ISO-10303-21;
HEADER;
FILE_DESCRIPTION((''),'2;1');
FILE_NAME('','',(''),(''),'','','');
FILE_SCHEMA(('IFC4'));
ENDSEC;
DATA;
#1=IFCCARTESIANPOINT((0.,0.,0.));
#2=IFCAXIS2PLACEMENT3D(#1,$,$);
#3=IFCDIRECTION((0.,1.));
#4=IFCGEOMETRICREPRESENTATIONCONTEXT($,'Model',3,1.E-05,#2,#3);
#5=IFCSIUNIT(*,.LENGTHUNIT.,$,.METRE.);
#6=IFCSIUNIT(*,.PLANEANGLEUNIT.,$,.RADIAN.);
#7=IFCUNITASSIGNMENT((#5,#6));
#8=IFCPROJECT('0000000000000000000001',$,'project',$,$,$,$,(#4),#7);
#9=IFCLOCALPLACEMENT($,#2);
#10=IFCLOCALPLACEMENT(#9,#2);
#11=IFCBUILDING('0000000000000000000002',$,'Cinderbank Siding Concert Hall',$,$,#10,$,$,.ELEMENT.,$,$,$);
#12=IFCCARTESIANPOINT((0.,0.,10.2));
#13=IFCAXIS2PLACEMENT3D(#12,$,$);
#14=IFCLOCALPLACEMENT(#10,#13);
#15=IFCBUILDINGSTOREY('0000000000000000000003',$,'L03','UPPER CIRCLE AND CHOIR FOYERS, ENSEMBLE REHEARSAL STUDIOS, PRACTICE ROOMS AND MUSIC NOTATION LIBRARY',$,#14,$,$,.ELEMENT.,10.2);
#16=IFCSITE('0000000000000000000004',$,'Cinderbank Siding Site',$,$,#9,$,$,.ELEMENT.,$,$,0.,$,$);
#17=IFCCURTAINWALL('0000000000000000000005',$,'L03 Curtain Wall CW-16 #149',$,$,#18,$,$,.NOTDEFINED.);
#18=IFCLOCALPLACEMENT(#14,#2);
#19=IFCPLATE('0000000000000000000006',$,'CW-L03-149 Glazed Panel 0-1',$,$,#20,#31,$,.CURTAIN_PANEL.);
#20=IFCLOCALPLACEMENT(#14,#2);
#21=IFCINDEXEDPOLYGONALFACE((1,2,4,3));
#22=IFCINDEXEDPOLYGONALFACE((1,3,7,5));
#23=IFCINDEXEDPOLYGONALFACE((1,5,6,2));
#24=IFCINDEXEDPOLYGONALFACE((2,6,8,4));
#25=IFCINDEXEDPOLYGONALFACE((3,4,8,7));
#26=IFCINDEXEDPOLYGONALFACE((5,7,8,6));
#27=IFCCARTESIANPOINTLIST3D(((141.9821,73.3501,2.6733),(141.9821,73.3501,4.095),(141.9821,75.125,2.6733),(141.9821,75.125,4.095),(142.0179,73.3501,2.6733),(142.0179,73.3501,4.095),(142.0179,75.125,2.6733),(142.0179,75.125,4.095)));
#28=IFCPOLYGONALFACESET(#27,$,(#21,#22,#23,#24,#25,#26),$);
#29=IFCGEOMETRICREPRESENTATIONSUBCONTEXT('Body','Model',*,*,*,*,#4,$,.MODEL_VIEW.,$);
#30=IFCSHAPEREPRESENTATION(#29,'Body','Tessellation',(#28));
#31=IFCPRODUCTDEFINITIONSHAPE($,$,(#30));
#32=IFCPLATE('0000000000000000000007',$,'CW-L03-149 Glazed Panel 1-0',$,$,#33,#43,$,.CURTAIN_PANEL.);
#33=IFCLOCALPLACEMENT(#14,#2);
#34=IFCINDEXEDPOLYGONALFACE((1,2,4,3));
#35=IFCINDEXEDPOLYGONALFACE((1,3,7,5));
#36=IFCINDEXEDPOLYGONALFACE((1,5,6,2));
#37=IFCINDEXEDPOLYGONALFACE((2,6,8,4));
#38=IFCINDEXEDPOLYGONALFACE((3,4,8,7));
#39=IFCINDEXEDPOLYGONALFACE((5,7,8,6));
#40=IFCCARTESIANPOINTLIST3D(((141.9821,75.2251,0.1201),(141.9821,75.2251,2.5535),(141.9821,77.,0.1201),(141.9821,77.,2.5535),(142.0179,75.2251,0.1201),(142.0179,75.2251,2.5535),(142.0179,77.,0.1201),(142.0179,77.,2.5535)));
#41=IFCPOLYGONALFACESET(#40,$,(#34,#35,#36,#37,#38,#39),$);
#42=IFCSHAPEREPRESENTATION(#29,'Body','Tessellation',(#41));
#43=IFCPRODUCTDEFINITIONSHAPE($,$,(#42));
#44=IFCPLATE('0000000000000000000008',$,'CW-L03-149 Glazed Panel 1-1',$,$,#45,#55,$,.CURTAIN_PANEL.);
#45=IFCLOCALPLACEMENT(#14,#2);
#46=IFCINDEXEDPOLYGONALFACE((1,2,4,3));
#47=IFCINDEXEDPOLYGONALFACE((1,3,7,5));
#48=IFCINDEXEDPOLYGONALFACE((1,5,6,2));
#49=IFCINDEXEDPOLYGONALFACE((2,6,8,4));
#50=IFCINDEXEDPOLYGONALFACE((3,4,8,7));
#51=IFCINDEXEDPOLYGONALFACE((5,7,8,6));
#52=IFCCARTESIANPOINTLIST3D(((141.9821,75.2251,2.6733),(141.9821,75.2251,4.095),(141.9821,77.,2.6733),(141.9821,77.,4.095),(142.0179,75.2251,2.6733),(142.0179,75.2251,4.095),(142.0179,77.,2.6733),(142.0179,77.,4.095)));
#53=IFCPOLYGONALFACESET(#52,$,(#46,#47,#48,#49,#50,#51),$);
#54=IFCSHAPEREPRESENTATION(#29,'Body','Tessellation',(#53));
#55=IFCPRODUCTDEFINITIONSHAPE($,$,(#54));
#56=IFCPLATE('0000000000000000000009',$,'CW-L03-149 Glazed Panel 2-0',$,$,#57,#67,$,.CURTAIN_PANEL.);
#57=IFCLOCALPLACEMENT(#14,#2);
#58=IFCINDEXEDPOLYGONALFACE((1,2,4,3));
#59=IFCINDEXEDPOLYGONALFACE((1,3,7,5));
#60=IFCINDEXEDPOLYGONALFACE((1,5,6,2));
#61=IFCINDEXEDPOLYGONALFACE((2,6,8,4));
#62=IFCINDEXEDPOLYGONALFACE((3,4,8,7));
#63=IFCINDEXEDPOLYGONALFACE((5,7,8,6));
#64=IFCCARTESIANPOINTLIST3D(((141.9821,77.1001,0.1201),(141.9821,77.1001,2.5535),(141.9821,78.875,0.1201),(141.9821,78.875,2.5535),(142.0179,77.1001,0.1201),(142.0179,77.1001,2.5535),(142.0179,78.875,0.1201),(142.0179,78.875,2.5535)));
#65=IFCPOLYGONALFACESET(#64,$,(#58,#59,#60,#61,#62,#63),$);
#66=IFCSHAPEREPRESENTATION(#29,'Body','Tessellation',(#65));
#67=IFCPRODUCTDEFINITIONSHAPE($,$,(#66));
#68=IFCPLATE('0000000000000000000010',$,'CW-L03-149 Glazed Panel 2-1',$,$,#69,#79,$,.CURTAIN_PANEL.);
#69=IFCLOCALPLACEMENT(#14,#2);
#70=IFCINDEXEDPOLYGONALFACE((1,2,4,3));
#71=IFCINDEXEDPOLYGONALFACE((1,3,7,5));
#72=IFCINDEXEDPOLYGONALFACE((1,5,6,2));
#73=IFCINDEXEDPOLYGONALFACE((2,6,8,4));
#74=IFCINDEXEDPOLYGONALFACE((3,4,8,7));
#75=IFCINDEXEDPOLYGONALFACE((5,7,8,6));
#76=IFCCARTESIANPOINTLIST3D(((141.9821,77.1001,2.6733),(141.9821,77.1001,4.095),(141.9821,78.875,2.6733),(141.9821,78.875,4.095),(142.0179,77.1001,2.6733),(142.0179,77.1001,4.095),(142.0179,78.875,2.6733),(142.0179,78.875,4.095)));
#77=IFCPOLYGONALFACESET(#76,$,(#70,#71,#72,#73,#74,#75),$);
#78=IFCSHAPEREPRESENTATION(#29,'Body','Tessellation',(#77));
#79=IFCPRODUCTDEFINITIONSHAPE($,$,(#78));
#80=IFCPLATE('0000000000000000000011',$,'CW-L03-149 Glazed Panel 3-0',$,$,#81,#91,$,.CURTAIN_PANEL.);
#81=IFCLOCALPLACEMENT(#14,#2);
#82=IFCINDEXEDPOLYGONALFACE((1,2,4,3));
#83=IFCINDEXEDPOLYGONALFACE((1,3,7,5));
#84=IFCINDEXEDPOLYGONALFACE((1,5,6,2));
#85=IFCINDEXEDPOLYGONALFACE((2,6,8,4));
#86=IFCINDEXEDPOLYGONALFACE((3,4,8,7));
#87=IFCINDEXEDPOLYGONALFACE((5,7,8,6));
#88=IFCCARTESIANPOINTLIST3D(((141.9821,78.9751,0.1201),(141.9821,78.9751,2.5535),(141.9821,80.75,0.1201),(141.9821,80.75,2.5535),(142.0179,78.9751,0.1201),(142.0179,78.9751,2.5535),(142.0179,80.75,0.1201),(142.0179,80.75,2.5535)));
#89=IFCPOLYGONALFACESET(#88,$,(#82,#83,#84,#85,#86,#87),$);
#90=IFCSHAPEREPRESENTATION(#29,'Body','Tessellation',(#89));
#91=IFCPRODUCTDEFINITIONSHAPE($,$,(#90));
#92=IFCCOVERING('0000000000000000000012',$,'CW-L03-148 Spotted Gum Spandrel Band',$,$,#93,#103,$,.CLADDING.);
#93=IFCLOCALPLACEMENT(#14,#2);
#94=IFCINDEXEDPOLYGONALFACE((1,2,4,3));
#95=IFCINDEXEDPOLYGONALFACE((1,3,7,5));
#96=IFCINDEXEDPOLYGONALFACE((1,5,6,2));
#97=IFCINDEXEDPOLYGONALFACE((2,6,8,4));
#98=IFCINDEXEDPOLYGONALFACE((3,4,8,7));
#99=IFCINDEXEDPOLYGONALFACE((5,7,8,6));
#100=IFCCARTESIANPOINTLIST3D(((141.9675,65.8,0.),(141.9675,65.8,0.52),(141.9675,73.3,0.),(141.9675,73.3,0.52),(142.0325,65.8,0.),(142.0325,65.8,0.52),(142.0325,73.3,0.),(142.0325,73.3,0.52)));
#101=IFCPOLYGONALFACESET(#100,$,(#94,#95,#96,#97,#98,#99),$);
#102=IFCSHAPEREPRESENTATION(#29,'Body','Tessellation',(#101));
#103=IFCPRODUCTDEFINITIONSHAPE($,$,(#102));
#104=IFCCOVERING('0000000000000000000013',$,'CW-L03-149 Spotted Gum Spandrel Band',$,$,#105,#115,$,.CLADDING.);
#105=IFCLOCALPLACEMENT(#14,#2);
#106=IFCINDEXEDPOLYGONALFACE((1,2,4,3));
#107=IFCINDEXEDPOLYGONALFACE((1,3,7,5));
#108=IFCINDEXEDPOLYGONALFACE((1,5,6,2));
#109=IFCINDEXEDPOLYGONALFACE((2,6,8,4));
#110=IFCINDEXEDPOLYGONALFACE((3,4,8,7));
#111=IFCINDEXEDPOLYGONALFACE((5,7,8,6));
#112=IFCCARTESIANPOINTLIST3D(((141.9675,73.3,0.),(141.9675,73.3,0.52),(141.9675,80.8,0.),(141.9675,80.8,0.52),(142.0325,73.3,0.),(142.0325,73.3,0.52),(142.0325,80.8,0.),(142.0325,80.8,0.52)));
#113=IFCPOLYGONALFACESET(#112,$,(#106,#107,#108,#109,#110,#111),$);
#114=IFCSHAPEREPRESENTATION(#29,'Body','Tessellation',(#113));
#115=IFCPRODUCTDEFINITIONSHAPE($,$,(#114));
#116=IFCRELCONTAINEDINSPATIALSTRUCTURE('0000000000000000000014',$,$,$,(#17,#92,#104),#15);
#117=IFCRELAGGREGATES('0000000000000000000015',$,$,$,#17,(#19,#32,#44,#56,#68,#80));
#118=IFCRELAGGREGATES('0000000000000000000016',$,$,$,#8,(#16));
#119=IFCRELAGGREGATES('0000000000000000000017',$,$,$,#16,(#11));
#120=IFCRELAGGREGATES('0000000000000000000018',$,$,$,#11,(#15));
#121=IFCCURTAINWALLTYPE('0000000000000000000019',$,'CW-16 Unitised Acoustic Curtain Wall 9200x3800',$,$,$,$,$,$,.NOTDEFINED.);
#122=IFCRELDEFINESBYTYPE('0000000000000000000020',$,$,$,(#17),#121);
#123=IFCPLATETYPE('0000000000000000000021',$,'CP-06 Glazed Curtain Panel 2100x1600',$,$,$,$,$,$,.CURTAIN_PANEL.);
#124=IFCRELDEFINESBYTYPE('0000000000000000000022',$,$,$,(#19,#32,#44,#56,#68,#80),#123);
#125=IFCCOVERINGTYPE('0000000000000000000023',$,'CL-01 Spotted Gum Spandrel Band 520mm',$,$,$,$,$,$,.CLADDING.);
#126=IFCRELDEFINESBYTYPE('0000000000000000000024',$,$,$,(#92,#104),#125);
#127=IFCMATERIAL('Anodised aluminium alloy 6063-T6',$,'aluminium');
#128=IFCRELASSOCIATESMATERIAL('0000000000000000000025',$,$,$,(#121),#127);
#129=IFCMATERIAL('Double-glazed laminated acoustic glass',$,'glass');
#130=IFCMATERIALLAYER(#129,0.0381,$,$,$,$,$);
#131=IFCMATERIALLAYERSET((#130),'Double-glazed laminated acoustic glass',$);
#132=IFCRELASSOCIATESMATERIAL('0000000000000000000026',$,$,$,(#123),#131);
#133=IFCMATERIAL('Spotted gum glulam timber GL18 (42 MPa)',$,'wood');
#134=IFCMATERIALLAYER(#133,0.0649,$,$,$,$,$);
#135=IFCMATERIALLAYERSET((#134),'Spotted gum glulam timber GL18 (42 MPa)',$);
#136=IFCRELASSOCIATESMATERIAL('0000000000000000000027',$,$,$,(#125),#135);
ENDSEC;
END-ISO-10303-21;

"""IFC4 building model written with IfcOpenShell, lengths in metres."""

from ifc_helpers import new_model, si_unit, direction, frame, origin, origin_2d, place, context, subcontext, project, spatial, rectangle, extrude, material, layer, layer_set, type_object, element, aggregate, save


model = new_model("IFC4")

# Units and contexts
model_context = context("Model", 3, precision=1e-05, world=origin(), true_north=direction((0.0, 1.0)))
body_context = subcontext(model_context, "Body", "Model", "MODEL_VIEW")
ifc_project = project(units=[si_unit("LENGTHUNIT", "METRE"), si_unit("PLANEANGLEUNIT", "RADIAN")], contexts=[model_context])

# Site, building, storey
site_placement = place(None, origin())
site = spatial("IfcSite", under=ifc_project, at=site_placement, Name="Cinderbank Siding Site", CompositionType="ELEMENT", RefElevation=0.0)
building_placement = place(site_placement, origin())
building = spatial("IfcBuilding", under=site, at=building_placement, Name="Cinderbank Siding Concert Hall", CompositionType="ELEMENT")
storey_placement = place(building_placement, frame((0.0, 0.0, 10.2)))
storey = spatial("IfcBuildingStorey", under=building, at=storey_placement, Name="L03", Description="UPPER CIRCLE AND CHOIR FOYERS, ENSEMBLE REHEARSAL STUDIOS, PRACTICE ROOMS AND MUSIC NOTATION LIBRARY", CompositionType="ELEMENT", Elevation=10.2)

# Curtain wall
ifc_material_1 = material(Name="Anodised aluminium alloy 6063-T6", Category="aluminium")
curtain_wall_type = type_object("IfcCurtainWallType", Name="CW-16 Unitised Acoustic Curtain Wall 9200x3800", PredefinedType="NOTDEFINED", material=ifc_material_1)
curtain_wall_1_placement = place(storey_placement, origin())
curtain_wall_1 = element("IfcCurtainWall", 1, at=curtain_wall_1_placement, inside=storey, type_object=curtain_wall_type, Name="L03 Curtain Wall CW-16 #149", PredefinedType="NOTDEFINED")

# Plates
ifc_material_2 = material(Name="Double-glazed laminated acoustic glass", Category="glass")
ifc_layer_1 = layer(ifc_material_2, 0.0381)
ifc_layer_set_1 = layer_set([ifc_layer_1], Name="Double-glazed laminated acoustic glass")
plate_type_1 = type_object("IfcPlateType", Name="CP-06 Glazed Curtain Panel 2100x1600", PredefinedType="CURTAIN_PANEL", material=ifc_layer_set_1)
plate_1_placement = place(storey_placement, frame((142.0, 74.2375, 2.6733), z_axis=(0.0, 0.0, 1.0), x_axis=(0.0, 1.0, 0.0)))
plate_1 = element("IfcPlate", 2, at=plate_1_placement, type_object=plate_type_1, Name="CW-L03-149 Glazed Panel 0-1", PredefinedType="CURTAIN_PANEL", context=body_context, shape_type="SweptSolid", body=[
    extrude(rectangle(XDim=1.7749, YDim=0.0359, at=origin_2d()), origin(), (0.0, 0.0, 1.0), 1.4216),
])
plate_2_placement = place(storey_placement, frame((142.0, 76.1125, 0.1201), z_axis=(0.0, 0.0, 1.0), x_axis=(0.0, 1.0, 0.0)))
plate_2 = element("IfcPlate", 3, at=plate_2_placement, type_object=plate_type_1, Name="CW-L03-149 Glazed Panel 1-0", PredefinedType="CURTAIN_PANEL", context=body_context, shape_type="SweptSolid", body=[
    extrude(rectangle(XDim=1.7749, YDim=0.0359, at=origin_2d()), origin(), (0.0, 0.0, 1.0), 2.4333),
])
plate_3_placement = place(storey_placement, frame((142.0, 76.1125, 2.6733), z_axis=(0.0, 0.0, 1.0), x_axis=(0.0, 1.0, 0.0)))
plate_3 = element("IfcPlate", 4, at=plate_3_placement, type_object=plate_type_1, Name="CW-L03-149 Glazed Panel 1-1", PredefinedType="CURTAIN_PANEL", context=body_context, shape_type="SweptSolid", body=[
    extrude(rectangle(XDim=1.7749, YDim=0.0359, at=origin_2d()), origin(), (0.0, 0.0, 1.0), 1.4216),
])
plate_4_placement = place(storey_placement, frame((142.0, 77.9875, 0.1201), z_axis=(0.0, 0.0, 1.0), x_axis=(0.0, 1.0, 0.0)))
plate_4 = element("IfcPlate", 5, at=plate_4_placement, type_object=plate_type_1, Name="CW-L03-149 Glazed Panel 2-0", PredefinedType="CURTAIN_PANEL", context=body_context, shape_type="SweptSolid", body=[
    extrude(rectangle(XDim=1.7749, YDim=0.0359, at=origin_2d()), origin(), (0.0, 0.0, 1.0), 2.4333),
])
plate_5_placement = place(storey_placement, frame((142.0, 77.9875, 2.6733), z_axis=(0.0, 0.0, 1.0), x_axis=(0.0, 1.0, 0.0)))
plate_5 = element("IfcPlate", 6, at=plate_5_placement, type_object=plate_type_1, Name="CW-L03-149 Glazed Panel 2-1", PredefinedType="CURTAIN_PANEL", context=body_context, shape_type="SweptSolid", body=[
    extrude(rectangle(XDim=1.7749, YDim=0.0359, at=origin_2d()), origin(), (0.0, 0.0, 1.0), 1.4216),
])
plate_6_placement = place(storey_placement, frame((142.0, 79.8625, 0.1201), z_axis=(0.0, 0.0, 1.0), x_axis=(0.0, 1.0, 0.0)))
plate_6 = element("IfcPlate", 7, at=plate_6_placement, type_object=plate_type_1, Name="CW-L03-149 Glazed Panel 3-0", PredefinedType="CURTAIN_PANEL", context=body_context, shape_type="SweptSolid", body=[
    extrude(rectangle(XDim=1.7749, YDim=0.0359, at=origin_2d()), origin(), (0.0, 0.0, 1.0), 2.4333),
])
aggregate(curtain_wall_1, [plate_1, plate_2, plate_3, plate_4, plate_5, plate_6])

# Coverings
ifc_material_3 = material(Name="Spotted gum glulam timber GL18 (42 MPa)", Category="wood")
ifc_layer_2 = layer(ifc_material_3, 0.0649)
ifc_layer_set_2 = layer_set([ifc_layer_2], Name="Spotted gum glulam timber GL18 (42 MPa)")
covering_type = type_object("IfcCoveringType", Name="CL-01 Spotted Gum Spandrel Band 520mm", PredefinedType="CLADDING", material=ifc_layer_set_2)
for number, where, z_axis, x_axis, name in (
    (8, (142.0, 69.55, 0.0), (0.0, 0.0, 1.0), (0.0, 1.0, 0.0), "CW-L03-148 Spotted Gum Spandrel Band"),
    (9, (142.0, 77.05, 0.0), (0.0, 0.0, 1.0), (0.0, 1.0, 0.0), "CW-L03-149 Spotted Gum Spandrel Band"),
):
    element("IfcCovering", number, at=place(storey_placement, frame(where, z_axis=z_axis, x_axis=x_axis)), inside=storey, type_object=covering_type, Name=name, PredefinedType="CLADDING", context=body_context, shape_type="SweptSolid", body=[
        extrude(rectangle(XDim=7.5, YDim=0.0649, at=origin_2d()), origin(), (0.0, 0.0, 1.0), 0.52),
    ])

save(model, "model.ifc")
